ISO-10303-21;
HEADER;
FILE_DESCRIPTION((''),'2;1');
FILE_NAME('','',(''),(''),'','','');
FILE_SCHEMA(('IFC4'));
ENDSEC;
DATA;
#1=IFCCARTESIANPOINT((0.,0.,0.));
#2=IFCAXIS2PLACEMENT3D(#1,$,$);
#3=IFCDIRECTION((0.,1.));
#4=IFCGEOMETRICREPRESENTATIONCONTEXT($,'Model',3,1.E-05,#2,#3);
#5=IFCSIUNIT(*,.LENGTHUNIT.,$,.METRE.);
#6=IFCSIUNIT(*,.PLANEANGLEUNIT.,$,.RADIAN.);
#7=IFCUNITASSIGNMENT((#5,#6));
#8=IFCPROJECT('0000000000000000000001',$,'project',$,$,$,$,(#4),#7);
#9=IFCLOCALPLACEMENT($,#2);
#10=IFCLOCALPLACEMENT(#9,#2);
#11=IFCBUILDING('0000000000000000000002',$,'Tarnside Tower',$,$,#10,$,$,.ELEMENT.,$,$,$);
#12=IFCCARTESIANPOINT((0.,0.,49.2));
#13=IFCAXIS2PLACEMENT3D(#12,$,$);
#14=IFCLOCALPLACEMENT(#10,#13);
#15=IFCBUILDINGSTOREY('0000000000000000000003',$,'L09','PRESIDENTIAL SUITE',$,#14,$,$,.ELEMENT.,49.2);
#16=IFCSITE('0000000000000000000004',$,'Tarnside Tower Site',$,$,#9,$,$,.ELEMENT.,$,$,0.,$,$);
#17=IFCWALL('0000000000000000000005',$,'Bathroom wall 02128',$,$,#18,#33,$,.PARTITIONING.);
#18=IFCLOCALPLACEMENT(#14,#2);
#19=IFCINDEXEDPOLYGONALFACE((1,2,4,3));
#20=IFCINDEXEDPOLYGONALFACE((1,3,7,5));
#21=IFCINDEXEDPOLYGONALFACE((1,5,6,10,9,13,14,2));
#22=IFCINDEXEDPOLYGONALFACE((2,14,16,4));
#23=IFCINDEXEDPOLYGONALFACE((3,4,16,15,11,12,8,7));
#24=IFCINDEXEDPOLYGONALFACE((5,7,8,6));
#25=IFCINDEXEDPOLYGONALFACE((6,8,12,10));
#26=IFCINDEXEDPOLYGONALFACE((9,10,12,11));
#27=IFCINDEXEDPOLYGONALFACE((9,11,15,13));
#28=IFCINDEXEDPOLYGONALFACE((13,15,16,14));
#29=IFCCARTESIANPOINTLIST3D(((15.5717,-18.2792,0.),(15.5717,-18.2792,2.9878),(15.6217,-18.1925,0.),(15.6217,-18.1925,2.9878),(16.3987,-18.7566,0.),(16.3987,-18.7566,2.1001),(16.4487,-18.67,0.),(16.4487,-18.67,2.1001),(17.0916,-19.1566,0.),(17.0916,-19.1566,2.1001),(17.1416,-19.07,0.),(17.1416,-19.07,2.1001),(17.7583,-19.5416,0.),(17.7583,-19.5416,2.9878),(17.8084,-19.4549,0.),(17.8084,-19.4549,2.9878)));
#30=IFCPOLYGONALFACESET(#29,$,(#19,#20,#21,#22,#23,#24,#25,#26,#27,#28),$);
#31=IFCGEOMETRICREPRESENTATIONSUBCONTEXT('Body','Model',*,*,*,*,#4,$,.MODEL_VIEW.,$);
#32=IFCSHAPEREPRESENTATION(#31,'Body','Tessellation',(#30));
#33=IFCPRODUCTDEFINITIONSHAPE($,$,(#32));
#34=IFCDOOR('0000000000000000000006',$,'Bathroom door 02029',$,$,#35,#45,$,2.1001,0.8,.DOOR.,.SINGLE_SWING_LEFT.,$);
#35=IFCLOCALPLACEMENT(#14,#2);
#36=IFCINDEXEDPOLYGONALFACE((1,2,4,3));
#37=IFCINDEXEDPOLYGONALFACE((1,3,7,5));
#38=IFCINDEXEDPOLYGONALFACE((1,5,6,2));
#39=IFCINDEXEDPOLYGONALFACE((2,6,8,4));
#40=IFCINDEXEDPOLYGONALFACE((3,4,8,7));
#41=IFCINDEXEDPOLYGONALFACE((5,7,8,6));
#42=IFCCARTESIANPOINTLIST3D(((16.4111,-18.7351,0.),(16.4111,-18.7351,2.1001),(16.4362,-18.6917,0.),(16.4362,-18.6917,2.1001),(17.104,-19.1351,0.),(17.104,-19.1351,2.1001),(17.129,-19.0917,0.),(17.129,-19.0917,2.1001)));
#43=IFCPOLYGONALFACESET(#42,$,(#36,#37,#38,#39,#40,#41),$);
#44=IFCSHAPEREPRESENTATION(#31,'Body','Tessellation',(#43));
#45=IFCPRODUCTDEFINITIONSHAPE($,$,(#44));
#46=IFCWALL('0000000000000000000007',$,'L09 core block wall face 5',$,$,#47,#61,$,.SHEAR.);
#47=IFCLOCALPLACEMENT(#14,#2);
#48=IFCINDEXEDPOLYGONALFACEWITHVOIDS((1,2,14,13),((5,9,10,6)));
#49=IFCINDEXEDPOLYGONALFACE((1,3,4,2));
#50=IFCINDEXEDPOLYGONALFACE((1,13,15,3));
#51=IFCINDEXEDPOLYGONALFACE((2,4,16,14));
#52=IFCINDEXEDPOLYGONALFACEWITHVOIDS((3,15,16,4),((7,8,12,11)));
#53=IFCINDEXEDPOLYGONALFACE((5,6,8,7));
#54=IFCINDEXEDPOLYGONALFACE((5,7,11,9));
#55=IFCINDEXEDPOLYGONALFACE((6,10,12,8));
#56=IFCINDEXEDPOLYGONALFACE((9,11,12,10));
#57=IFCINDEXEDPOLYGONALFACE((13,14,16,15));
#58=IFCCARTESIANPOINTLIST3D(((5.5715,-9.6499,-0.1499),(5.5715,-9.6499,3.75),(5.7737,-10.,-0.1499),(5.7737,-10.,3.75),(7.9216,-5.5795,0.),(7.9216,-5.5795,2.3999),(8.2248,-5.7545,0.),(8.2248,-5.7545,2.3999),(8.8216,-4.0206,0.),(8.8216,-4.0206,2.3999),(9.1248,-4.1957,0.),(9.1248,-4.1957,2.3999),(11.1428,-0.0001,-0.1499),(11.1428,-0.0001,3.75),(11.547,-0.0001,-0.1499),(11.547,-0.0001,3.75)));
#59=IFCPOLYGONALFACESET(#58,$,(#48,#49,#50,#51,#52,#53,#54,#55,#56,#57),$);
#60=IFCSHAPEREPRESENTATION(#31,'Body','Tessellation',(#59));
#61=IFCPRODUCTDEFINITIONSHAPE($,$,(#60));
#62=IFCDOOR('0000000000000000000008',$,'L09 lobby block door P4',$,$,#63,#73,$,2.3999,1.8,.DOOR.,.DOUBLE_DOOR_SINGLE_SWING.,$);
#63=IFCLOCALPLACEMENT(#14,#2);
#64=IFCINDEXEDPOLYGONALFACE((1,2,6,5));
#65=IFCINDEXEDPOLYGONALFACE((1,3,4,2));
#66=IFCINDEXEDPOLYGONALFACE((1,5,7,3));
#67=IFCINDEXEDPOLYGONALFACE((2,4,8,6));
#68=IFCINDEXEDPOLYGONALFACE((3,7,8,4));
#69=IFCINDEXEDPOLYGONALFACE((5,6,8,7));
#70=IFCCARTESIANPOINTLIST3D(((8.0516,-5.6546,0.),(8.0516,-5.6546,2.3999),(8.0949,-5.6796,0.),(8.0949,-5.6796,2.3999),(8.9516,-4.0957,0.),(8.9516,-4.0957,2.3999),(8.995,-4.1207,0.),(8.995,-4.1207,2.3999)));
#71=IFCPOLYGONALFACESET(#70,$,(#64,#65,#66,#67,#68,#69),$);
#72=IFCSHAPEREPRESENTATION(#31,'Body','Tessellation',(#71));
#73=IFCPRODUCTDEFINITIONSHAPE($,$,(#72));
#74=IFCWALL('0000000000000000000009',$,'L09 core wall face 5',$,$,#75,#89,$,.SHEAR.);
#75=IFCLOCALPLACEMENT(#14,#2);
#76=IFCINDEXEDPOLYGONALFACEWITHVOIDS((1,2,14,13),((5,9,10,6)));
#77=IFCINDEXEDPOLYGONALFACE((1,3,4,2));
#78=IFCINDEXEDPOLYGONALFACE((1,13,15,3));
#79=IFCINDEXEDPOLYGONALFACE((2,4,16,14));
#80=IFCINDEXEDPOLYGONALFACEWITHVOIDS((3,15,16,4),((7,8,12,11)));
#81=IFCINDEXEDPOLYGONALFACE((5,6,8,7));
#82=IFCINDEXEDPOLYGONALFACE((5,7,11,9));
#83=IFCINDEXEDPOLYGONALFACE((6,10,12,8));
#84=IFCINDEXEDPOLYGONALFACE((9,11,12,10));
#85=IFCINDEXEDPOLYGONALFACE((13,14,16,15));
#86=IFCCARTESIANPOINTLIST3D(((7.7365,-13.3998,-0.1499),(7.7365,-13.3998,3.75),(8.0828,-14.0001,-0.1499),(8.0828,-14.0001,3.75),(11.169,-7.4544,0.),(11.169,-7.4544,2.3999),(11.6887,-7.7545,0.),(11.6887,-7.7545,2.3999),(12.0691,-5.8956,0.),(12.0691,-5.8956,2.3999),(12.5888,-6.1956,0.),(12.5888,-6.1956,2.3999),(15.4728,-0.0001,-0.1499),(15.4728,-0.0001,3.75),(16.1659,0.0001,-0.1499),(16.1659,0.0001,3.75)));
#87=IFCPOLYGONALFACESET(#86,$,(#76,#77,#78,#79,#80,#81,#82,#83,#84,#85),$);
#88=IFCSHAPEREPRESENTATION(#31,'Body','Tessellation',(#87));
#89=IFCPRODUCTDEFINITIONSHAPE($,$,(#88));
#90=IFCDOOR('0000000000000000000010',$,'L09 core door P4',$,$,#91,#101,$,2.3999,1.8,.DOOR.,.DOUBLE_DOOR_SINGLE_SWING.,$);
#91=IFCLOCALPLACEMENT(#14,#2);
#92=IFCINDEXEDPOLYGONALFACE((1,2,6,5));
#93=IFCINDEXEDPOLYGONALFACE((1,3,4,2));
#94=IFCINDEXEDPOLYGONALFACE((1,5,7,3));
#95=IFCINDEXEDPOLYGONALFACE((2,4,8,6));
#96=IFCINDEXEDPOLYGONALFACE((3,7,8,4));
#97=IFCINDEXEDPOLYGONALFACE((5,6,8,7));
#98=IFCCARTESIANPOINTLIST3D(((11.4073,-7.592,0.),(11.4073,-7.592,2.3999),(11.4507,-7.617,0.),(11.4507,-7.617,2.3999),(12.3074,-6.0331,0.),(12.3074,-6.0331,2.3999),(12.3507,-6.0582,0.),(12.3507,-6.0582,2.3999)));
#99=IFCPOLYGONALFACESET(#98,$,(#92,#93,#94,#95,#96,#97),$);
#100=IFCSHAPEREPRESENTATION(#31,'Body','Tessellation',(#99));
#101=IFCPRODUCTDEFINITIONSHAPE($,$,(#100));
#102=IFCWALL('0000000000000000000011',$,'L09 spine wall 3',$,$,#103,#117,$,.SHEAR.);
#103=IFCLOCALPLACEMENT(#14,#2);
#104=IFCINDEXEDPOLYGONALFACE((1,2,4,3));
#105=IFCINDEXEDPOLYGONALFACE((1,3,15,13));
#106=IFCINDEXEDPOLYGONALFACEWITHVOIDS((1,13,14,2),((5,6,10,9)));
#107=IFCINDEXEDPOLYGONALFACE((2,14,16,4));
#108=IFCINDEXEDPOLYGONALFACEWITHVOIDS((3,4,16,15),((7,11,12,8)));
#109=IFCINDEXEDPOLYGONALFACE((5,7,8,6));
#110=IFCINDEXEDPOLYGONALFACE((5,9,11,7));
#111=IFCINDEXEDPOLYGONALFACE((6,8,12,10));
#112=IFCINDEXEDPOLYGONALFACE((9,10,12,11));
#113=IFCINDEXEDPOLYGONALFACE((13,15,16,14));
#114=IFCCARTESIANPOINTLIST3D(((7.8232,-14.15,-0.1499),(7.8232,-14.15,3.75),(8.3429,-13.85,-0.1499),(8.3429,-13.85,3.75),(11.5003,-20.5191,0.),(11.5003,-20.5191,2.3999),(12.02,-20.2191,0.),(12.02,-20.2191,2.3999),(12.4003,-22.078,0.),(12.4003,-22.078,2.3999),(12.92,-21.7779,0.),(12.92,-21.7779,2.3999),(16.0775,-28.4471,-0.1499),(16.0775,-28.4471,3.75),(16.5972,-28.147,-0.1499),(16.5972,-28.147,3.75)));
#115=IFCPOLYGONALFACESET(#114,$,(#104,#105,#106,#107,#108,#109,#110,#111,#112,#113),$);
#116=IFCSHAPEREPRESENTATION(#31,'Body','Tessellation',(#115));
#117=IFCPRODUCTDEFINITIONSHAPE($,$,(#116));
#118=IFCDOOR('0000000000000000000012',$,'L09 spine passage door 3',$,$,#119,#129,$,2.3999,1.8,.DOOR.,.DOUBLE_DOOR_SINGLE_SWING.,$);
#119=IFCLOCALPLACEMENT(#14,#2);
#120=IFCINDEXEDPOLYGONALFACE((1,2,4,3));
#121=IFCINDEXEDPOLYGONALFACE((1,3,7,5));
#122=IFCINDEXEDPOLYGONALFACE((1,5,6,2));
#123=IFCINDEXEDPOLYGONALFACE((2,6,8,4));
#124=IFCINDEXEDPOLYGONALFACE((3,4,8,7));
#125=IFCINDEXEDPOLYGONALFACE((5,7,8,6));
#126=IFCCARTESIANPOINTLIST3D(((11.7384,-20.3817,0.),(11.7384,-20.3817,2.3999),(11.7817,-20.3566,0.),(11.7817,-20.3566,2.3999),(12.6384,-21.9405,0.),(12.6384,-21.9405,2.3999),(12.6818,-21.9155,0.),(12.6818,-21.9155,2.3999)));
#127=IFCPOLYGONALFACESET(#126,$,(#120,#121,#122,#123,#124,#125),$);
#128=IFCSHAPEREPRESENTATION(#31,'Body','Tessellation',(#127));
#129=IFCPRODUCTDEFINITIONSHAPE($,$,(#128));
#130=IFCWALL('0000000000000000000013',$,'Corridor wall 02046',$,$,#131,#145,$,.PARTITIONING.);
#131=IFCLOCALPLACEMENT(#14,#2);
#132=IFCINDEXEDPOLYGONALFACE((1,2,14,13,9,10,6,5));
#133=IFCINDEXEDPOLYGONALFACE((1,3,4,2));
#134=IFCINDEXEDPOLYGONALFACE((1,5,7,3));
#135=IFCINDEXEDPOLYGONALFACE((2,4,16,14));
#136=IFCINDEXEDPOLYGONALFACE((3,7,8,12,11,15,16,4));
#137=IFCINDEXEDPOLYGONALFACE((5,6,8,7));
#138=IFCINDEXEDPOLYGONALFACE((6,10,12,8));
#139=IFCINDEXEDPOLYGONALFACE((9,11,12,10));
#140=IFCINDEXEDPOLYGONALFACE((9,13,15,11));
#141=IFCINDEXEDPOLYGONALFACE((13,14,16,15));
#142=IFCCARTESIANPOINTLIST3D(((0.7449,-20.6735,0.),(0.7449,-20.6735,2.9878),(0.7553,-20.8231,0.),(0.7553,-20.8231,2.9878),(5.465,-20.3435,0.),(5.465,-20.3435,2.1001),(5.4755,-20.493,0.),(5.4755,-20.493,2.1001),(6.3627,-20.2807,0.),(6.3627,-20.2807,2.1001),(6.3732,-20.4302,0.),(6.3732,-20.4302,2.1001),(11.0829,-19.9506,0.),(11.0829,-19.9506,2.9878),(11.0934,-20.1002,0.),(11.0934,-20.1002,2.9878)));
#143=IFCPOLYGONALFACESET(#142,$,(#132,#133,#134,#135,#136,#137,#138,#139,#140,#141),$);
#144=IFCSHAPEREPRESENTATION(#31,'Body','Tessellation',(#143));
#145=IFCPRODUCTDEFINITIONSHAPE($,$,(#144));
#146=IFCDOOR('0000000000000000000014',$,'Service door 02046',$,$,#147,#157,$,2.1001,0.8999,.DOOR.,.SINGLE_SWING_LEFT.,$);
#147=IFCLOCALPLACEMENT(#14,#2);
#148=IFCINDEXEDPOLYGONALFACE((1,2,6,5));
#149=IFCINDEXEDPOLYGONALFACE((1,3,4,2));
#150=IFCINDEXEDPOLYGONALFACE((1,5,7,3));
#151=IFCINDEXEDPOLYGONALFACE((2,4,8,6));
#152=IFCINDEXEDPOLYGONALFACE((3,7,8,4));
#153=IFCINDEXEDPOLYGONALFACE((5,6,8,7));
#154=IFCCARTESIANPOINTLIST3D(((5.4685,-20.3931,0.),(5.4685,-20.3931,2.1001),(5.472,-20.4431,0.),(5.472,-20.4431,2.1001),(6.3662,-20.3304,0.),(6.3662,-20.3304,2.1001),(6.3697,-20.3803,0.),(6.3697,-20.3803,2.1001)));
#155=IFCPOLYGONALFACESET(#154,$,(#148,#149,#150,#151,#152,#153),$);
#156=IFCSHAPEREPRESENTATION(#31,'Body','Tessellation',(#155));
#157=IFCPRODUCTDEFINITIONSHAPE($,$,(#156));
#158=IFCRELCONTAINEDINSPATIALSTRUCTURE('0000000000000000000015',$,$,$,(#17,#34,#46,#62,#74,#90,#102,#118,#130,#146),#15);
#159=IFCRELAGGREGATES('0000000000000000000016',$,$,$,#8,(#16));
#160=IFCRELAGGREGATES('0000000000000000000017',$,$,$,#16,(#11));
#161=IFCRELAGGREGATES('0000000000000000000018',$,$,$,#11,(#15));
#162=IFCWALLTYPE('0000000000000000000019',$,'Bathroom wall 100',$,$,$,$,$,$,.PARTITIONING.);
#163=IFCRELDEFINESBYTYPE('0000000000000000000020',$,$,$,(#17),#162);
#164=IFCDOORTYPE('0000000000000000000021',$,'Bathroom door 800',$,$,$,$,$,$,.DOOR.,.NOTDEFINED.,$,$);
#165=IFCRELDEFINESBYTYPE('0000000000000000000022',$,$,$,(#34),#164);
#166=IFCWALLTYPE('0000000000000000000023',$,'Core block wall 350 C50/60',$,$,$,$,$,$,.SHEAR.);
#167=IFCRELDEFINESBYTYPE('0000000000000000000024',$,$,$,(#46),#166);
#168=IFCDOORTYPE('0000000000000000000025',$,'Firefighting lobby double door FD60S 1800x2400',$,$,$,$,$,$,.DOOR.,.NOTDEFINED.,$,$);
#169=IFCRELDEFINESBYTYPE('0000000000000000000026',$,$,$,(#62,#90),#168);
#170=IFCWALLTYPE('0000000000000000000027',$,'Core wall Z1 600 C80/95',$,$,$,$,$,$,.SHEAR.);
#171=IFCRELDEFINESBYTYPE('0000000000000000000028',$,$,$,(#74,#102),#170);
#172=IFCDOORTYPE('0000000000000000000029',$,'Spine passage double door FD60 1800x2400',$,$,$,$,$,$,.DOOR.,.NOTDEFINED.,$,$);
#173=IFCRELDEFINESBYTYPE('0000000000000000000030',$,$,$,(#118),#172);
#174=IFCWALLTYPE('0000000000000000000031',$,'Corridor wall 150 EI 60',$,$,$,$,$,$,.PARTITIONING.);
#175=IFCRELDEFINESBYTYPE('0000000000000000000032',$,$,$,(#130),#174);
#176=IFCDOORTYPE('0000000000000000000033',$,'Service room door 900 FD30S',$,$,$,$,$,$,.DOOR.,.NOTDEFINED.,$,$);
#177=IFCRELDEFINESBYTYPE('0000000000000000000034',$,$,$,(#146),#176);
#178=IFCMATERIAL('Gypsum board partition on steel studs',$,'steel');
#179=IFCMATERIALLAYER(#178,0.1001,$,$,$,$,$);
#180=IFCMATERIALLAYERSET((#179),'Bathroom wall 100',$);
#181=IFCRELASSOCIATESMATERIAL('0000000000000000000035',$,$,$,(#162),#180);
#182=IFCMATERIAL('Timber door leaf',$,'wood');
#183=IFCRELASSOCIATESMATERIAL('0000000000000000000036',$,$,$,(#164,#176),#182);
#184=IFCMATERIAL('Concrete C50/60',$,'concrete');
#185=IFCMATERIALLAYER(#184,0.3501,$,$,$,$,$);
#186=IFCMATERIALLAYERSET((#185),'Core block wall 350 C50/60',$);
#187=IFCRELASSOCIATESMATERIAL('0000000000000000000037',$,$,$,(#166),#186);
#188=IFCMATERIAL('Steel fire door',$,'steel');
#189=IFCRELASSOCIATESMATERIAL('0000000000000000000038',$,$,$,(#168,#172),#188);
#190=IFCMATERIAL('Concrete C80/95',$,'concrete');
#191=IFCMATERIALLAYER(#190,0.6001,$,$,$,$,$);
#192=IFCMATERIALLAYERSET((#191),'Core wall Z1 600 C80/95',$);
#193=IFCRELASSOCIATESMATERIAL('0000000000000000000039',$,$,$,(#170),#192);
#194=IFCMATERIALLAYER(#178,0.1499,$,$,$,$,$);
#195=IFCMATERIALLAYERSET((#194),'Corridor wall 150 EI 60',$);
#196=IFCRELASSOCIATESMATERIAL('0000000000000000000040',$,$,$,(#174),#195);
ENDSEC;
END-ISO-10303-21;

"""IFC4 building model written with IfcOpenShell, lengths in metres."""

from ifc_helpers import new_model, si_unit, direction, frame, frame_2d, origin, place, context, subcontext, project, spatial, polyline, rectangle, outline, extrude, material, layer, layer_set, type_object, element, fill, save


model = new_model("IFC4")

# Units and contexts
model_context = context("Model", 3, precision=1e-05, world=origin(), true_north=direction((0.0, 1.0)))
body_context = subcontext(model_context, "Body", "Model", "MODEL_VIEW")
ifc_project = project(units=[si_unit("LENGTHUNIT", "METRE"), si_unit("PLANEANGLEUNIT", "RADIAN")], contexts=[model_context])

# Site, building, storey
site_placement = place(None, origin())
site = spatial("IfcSite", under=ifc_project, at=site_placement, Name="Tarnside Tower Site", CompositionType="ELEMENT", RefElevation=0.0)
building_placement = place(site_placement, origin())
building = spatial("IfcBuilding", under=site, at=building_placement, Name="Tarnside Tower", CompositionType="ELEMENT")
storey_placement = place(building_placement, frame((0.0, 0.0, 49.2)))
storey = spatial("IfcBuildingStorey", under=building, at=storey_placement, Name="L09", Description="PRESIDENTIAL SUITE", CompositionType="ELEMENT", Elevation=49.2)

# Walls, openings, doors
ifc_material_1 = material(Name="Gypsum board partition on steel studs", Category="steel")
ifc_layer_1 = layer(ifc_material_1, 0.1001)
ifc_layer_set_1 = layer_set([ifc_layer_1], Name="Bathroom wall 100")
wall_type_1 = type_object("IfcWallType", Name="Bathroom wall 100", PredefinedType="PARTITIONING", material=ifc_layer_set_1)
wall_1_placement = place(storey_placement, frame((15.5967, -18.2358, 0.0), z_axis=(0.0, 0.0, 1.0), x_axis=(0.866039, -0.499976, 0.0)))
wall_1 = element("IfcWall", 1, at=wall_1_placement, inside=storey, type_object=wall_type_1, Name="Bathroom wall 02128", PredefinedType="PARTITIONING", context=body_context, shape_type="SweptSolid", body=[
    extrude(rectangle(XDim=2.5249, YDim=0.1001, at=frame_2d((1.2625, 0.0))), origin(), (0.0, 0.0, 1.0), 2.9878),
])
opening_1_placement = place(wall_1_placement, frame((0.9551, 0.0, 0.0)))
opening_1 = element("IfcOpeningElement", 2, at=opening_1_placement, cuts=wall_1, PredefinedType="OPENING", context=body_context, shape_type="SweptSolid", body=[
    extrude(rectangle(XDim=0.8, YDim=2.1001, at=frame_2d((0.3999, 1.05))), frame((0.0, 0.0601, 0.0), z_axis=(0.0, -1.0, 0.0), x_axis=(1.0, 0.0, 0.0)), (0.0, 0.0, 1.0), 0.1201),
])
ifc_material_2 = material(Name="Timber door leaf", Category="wood")
door_type_1 = type_object("IfcDoorType", Name="Bathroom door 800", OperationType="NOTDEFINED", PredefinedType="DOOR", material=ifc_material_2)
door_1_placement = place(opening_1_placement, origin())
door_1 = element("IfcDoor", 3, at=door_1_placement, inside=storey, type_object=door_type_1, Name="Bathroom door 02029", OperationType="SINGLE_SWING_LEFT", OverallHeight=2.1001, OverallWidth=0.8, PredefinedType="DOOR", context=body_context, shape_type="SweptSolid", body=[
    extrude(rectangle(XDim=0.8, YDim=2.1001, at=frame_2d((0.3999, 1.05))), frame((0.0, 0.0249, 0.0), z_axis=(0.0, -1.0, 0.0), x_axis=(1.0, 0.0, 0.0)), (0.0, 0.0, 1.0), 0.05),
])
fill(opening_1, door_1)
ifc_material_3 = material(Name="Concrete C50/60", Category="concrete")
ifc_layer_2 = layer(ifc_material_3, 0.3501)
ifc_layer_set_2 = layer_set([ifc_layer_2], Name="Core block wall 350 C50/60")
wall_type_2 = type_object("IfcWallType", Name="Core block wall 350 C50/60", PredefinedType="SHEAR", material=ifc_layer_set_2)
wall_2_placement = place(storey_placement, frame((5.6726, -9.825, -0.1499), z_axis=(0.0, 0.0, 1.0), x_axis=(0.499995, 0.866028, 0.0)))
wall_2 = element("IfcWall", 4, at=wall_2_placement, inside=storey, type_object=wall_type_2, Name="L09 core block wall face 5", PredefinedType="SHEAR", context=body_context, shape_type="SweptSolid", body=[
    extrude(outline(polyline([(-0.1011, -0.175), (11.4458, -0.175), (11.2437, 0.175), (0.1011, 0.175), (-0.1011, -0.175)])), origin(), (0.0, 0.0, 1.0), 3.8999),
])
opening_2_placement = place(wall_2_placement, frame((4.8013, 0.0, 0.1499)))
opening_2 = element("IfcOpeningElement", 5, at=opening_2_placement, cuts=wall_2, PredefinedType="OPENING", context=body_context, shape_type="SweptSolid", body=[
    extrude(rectangle(XDim=1.8, YDim=2.3999, at=frame_2d((0.8999, 1.2))), frame((0.0, 0.1851, 0.0), z_axis=(0.0, -1.0, 0.0), x_axis=(1.0, 0.0, 0.0)), (0.0, 0.0, 1.0), 0.3701),
])
ifc_material_4 = material(Name="Steel fire door", Category="steel")
door_type_2 = type_object("IfcDoorType", Name="Firefighting lobby double door FD60S 1800x2400", OperationType="NOTDEFINED", PredefinedType="DOOR", material=ifc_material_4)
door_2_placement = place(opening_2_placement, origin())
door_2 = element("IfcDoor", 6, at=door_2_placement, inside=storey, type_object=door_type_2, Name="L09 lobby block door P4", OperationType="DOUBLE_DOOR_SINGLE_SWING", OverallHeight=2.3999, OverallWidth=1.8, PredefinedType="DOOR", context=body_context, shape_type="SweptSolid", body=[
    extrude(rectangle(XDim=1.8, YDim=2.3999, at=frame_2d((0.8999, 1.2))), frame((0.0, 0.0249, 0.0), z_axis=(0.0, -1.0, 0.0), x_axis=(1.0, 0.0, 0.0)), (0.0, 0.0, 1.0), 0.05),
])
fill(opening_2, door_2)
ifc_material_5 = material(Name="Concrete C80/95", Category="concrete")
ifc_layer_3 = layer(ifc_material_5, 0.6001)
ifc_layer_set_3 = layer_set([ifc_layer_3], Name="Core wall Z1 600 C80/95")
wall_type_3 = type_object("IfcWallType", Name="Core wall Z1 600 C80/95", PredefinedType="SHEAR", material=ifc_layer_set_3)
wall_3_placement = place(storey_placement, frame((7.9097, -13.7, -0.1499), z_axis=(0.0, 0.0, 1.0), x_axis=(0.5, 0.866025, 0.0)))
wall_3 = element("IfcWall", 7, at=wall_3_placement, inside=storey, type_object=wall_type_3, Name="L09 core wall face 5", PredefinedType="SHEAR", context=body_context, shape_type="SweptSolid", body=[
    extrude(outline(polyline([(-0.1733, -0.3), (15.9927, -0.3), (15.646, 0.3), (0.1733, 0.3), (-0.1733, -0.3)])), origin(), (0.0, 0.0, 1.0), 3.8999),
])
opening_3_placement = place(wall_3_placement, frame((7.0386, 0.0, 0.1499)))
opening_3 = element("IfcOpeningElement", 8, at=opening_3_placement, cuts=wall_3, PredefinedType="OPENING", context=body_context, shape_type="SweptSolid", body=[
    extrude(rectangle(XDim=1.8, YDim=2.3999, at=frame_2d((0.8999, 1.2))), frame((0.0, 0.3101, 0.0), z_axis=(0.0, -1.0, 0.0), x_axis=(1.0, 0.0, 0.0)), (0.0, 0.0, 1.0), 0.6201),
])
door_3_placement = place(opening_3_placement, origin())
door_3 = element("IfcDoor", 9, at=door_3_placement, inside=storey, type_object=door_type_2, Name="L09 core door P4", OperationType="DOUBLE_DOOR_SINGLE_SWING", OverallHeight=2.3999, OverallWidth=1.8, PredefinedType="DOOR", context=body_context, shape_type="SweptSolid", body=[
    extrude(rectangle(XDim=1.8, YDim=2.3999, at=frame_2d((0.8999, 1.2))), frame((0.0, 0.0249, 0.0), z_axis=(0.0, -1.0, 0.0), x_axis=(1.0, 0.0, 0.0)), (0.0, 0.0, 1.0), 0.05),
])
fill(opening_3, door_3)
wall_4_placement = place(storey_placement, frame((8.083, -14.0, -0.1499), z_axis=(0.0, 0.0, 1.0), x_axis=(0.499998, -0.866027, 0.0)))
wall_4 = element("IfcWall", 10, at=wall_4_placement, inside=storey, type_object=wall_type_3, Name="L09 spine wall 3", PredefinedType="SHEAR", context=body_context, shape_type="SweptSolid", body=[
    extrude(rectangle(XDim=16.5088, YDim=0.6001, at=frame_2d((8.2544, 0.0))), origin(), (0.0, 0.0, 1.0), 3.8999),
])
opening_4_placement = place(wall_4_placement, frame((7.3545, 0.0, 0.1499)))
opening_4 = element("IfcOpeningElement", 11, at=opening_4_placement, cuts=wall_4, PredefinedType="OPENING", context=body_context, shape_type="SweptSolid", body=[
    extrude(rectangle(XDim=1.8, YDim=2.3999, at=frame_2d((0.8999, 1.2))), frame((0.0, 0.3101, 0.0), z_axis=(0.0, -1.0, 0.0), x_axis=(1.0, 0.0, 0.0)), (0.0, 0.0, 1.0), 0.6201),
])
door_type_3 = type_object("IfcDoorType", Name="Spine passage double door FD60 1800x2400", OperationType="NOTDEFINED", PredefinedType="DOOR", material=ifc_material_4)
door_4_placement = place(opening_4_placement, origin())
door_4 = element("IfcDoor", 12, at=door_4_placement, inside=storey, type_object=door_type_3, Name="L09 spine passage door 3", OperationType="DOUBLE_DOOR_SINGLE_SWING", OverallHeight=2.3999, OverallWidth=1.8, PredefinedType="DOOR", context=body_context, shape_type="SweptSolid", body=[
    extrude(rectangle(XDim=1.8, YDim=2.3999, at=frame_2d((0.8999, 1.2))), frame((0.0, 0.0249, 0.0), z_axis=(0.0, -1.0, 0.0), x_axis=(1.0, 0.0, 0.0)), (0.0, 0.0, 1.0), 0.05),
])
fill(opening_4, door_4)
ifc_layer_4 = layer(ifc_material_1, 0.1499)
ifc_layer_set_4 = layer_set([ifc_layer_4], Name="Corridor wall 150 EI 60")
wall_type_4 = type_object("IfcWallType", Name="Corridor wall 150 EI 60", PredefinedType="PARTITIONING", material=ifc_layer_set_4)
wall_5_placement = place(storey_placement, frame((11.0881, -20.0254, 0.0), z_axis=(0.0, 0.0, 1.0), x_axis=(-0.997564, -0.069755, 0.0)))
wall_5 = element("IfcWall", 13, at=wall_5_placement, inside=storey, type_object=wall_type_4, Name="Corridor wall 02046", PredefinedType="PARTITIONING", context=body_context, shape_type="SweptSolid", body=[
    extrude(rectangle(XDim=10.3633, YDim=0.1499, at=frame_2d((5.1816, 0.0))), origin(), (0.0, 0.0, 1.0), 2.9878),
])
opening_5_placement = place(wall_5_placement, frame((4.7317, 0.0, 0.0)))
opening_5 = element("IfcOpeningElement", 14, at=opening_5_placement, cuts=wall_5, PredefinedType="OPENING", context=body_context, shape_type="SweptSolid", body=[
    extrude(rectangle(XDim=0.8999, YDim=2.1001, at=frame_2d((0.45, 1.05))), frame((0.0, 0.085, 0.0), z_axis=(0.0, -1.0, 0.0), x_axis=(1.0, 0.0, 0.0)), (0.0, 0.0, 1.0), 0.1699),
])
door_type_4 = type_object("IfcDoorType", Name="Service room door 900 FD30S", OperationType="NOTDEFINED", PredefinedType="DOOR", material=ifc_material_2)
door_5_placement = place(opening_5_placement, origin())
door_5 = element("IfcDoor", 15, at=door_5_placement, inside=storey, type_object=door_type_4, Name="Service door 02046", OperationType="SINGLE_SWING_LEFT", OverallHeight=2.1001, OverallWidth=0.8999, PredefinedType="DOOR", context=body_context, shape_type="SweptSolid", body=[
    extrude(rectangle(XDim=0.8999, YDim=2.1001, at=frame_2d((0.45, 1.05))), frame((0.0, 0.0249, 0.0), z_axis=(0.0, -1.0, 0.0), x_axis=(1.0, 0.0, 0.0)), (0.0, 0.0, 1.0), 0.05),
])
fill(opening_5, door_5)

save(model, "model.ifc")
